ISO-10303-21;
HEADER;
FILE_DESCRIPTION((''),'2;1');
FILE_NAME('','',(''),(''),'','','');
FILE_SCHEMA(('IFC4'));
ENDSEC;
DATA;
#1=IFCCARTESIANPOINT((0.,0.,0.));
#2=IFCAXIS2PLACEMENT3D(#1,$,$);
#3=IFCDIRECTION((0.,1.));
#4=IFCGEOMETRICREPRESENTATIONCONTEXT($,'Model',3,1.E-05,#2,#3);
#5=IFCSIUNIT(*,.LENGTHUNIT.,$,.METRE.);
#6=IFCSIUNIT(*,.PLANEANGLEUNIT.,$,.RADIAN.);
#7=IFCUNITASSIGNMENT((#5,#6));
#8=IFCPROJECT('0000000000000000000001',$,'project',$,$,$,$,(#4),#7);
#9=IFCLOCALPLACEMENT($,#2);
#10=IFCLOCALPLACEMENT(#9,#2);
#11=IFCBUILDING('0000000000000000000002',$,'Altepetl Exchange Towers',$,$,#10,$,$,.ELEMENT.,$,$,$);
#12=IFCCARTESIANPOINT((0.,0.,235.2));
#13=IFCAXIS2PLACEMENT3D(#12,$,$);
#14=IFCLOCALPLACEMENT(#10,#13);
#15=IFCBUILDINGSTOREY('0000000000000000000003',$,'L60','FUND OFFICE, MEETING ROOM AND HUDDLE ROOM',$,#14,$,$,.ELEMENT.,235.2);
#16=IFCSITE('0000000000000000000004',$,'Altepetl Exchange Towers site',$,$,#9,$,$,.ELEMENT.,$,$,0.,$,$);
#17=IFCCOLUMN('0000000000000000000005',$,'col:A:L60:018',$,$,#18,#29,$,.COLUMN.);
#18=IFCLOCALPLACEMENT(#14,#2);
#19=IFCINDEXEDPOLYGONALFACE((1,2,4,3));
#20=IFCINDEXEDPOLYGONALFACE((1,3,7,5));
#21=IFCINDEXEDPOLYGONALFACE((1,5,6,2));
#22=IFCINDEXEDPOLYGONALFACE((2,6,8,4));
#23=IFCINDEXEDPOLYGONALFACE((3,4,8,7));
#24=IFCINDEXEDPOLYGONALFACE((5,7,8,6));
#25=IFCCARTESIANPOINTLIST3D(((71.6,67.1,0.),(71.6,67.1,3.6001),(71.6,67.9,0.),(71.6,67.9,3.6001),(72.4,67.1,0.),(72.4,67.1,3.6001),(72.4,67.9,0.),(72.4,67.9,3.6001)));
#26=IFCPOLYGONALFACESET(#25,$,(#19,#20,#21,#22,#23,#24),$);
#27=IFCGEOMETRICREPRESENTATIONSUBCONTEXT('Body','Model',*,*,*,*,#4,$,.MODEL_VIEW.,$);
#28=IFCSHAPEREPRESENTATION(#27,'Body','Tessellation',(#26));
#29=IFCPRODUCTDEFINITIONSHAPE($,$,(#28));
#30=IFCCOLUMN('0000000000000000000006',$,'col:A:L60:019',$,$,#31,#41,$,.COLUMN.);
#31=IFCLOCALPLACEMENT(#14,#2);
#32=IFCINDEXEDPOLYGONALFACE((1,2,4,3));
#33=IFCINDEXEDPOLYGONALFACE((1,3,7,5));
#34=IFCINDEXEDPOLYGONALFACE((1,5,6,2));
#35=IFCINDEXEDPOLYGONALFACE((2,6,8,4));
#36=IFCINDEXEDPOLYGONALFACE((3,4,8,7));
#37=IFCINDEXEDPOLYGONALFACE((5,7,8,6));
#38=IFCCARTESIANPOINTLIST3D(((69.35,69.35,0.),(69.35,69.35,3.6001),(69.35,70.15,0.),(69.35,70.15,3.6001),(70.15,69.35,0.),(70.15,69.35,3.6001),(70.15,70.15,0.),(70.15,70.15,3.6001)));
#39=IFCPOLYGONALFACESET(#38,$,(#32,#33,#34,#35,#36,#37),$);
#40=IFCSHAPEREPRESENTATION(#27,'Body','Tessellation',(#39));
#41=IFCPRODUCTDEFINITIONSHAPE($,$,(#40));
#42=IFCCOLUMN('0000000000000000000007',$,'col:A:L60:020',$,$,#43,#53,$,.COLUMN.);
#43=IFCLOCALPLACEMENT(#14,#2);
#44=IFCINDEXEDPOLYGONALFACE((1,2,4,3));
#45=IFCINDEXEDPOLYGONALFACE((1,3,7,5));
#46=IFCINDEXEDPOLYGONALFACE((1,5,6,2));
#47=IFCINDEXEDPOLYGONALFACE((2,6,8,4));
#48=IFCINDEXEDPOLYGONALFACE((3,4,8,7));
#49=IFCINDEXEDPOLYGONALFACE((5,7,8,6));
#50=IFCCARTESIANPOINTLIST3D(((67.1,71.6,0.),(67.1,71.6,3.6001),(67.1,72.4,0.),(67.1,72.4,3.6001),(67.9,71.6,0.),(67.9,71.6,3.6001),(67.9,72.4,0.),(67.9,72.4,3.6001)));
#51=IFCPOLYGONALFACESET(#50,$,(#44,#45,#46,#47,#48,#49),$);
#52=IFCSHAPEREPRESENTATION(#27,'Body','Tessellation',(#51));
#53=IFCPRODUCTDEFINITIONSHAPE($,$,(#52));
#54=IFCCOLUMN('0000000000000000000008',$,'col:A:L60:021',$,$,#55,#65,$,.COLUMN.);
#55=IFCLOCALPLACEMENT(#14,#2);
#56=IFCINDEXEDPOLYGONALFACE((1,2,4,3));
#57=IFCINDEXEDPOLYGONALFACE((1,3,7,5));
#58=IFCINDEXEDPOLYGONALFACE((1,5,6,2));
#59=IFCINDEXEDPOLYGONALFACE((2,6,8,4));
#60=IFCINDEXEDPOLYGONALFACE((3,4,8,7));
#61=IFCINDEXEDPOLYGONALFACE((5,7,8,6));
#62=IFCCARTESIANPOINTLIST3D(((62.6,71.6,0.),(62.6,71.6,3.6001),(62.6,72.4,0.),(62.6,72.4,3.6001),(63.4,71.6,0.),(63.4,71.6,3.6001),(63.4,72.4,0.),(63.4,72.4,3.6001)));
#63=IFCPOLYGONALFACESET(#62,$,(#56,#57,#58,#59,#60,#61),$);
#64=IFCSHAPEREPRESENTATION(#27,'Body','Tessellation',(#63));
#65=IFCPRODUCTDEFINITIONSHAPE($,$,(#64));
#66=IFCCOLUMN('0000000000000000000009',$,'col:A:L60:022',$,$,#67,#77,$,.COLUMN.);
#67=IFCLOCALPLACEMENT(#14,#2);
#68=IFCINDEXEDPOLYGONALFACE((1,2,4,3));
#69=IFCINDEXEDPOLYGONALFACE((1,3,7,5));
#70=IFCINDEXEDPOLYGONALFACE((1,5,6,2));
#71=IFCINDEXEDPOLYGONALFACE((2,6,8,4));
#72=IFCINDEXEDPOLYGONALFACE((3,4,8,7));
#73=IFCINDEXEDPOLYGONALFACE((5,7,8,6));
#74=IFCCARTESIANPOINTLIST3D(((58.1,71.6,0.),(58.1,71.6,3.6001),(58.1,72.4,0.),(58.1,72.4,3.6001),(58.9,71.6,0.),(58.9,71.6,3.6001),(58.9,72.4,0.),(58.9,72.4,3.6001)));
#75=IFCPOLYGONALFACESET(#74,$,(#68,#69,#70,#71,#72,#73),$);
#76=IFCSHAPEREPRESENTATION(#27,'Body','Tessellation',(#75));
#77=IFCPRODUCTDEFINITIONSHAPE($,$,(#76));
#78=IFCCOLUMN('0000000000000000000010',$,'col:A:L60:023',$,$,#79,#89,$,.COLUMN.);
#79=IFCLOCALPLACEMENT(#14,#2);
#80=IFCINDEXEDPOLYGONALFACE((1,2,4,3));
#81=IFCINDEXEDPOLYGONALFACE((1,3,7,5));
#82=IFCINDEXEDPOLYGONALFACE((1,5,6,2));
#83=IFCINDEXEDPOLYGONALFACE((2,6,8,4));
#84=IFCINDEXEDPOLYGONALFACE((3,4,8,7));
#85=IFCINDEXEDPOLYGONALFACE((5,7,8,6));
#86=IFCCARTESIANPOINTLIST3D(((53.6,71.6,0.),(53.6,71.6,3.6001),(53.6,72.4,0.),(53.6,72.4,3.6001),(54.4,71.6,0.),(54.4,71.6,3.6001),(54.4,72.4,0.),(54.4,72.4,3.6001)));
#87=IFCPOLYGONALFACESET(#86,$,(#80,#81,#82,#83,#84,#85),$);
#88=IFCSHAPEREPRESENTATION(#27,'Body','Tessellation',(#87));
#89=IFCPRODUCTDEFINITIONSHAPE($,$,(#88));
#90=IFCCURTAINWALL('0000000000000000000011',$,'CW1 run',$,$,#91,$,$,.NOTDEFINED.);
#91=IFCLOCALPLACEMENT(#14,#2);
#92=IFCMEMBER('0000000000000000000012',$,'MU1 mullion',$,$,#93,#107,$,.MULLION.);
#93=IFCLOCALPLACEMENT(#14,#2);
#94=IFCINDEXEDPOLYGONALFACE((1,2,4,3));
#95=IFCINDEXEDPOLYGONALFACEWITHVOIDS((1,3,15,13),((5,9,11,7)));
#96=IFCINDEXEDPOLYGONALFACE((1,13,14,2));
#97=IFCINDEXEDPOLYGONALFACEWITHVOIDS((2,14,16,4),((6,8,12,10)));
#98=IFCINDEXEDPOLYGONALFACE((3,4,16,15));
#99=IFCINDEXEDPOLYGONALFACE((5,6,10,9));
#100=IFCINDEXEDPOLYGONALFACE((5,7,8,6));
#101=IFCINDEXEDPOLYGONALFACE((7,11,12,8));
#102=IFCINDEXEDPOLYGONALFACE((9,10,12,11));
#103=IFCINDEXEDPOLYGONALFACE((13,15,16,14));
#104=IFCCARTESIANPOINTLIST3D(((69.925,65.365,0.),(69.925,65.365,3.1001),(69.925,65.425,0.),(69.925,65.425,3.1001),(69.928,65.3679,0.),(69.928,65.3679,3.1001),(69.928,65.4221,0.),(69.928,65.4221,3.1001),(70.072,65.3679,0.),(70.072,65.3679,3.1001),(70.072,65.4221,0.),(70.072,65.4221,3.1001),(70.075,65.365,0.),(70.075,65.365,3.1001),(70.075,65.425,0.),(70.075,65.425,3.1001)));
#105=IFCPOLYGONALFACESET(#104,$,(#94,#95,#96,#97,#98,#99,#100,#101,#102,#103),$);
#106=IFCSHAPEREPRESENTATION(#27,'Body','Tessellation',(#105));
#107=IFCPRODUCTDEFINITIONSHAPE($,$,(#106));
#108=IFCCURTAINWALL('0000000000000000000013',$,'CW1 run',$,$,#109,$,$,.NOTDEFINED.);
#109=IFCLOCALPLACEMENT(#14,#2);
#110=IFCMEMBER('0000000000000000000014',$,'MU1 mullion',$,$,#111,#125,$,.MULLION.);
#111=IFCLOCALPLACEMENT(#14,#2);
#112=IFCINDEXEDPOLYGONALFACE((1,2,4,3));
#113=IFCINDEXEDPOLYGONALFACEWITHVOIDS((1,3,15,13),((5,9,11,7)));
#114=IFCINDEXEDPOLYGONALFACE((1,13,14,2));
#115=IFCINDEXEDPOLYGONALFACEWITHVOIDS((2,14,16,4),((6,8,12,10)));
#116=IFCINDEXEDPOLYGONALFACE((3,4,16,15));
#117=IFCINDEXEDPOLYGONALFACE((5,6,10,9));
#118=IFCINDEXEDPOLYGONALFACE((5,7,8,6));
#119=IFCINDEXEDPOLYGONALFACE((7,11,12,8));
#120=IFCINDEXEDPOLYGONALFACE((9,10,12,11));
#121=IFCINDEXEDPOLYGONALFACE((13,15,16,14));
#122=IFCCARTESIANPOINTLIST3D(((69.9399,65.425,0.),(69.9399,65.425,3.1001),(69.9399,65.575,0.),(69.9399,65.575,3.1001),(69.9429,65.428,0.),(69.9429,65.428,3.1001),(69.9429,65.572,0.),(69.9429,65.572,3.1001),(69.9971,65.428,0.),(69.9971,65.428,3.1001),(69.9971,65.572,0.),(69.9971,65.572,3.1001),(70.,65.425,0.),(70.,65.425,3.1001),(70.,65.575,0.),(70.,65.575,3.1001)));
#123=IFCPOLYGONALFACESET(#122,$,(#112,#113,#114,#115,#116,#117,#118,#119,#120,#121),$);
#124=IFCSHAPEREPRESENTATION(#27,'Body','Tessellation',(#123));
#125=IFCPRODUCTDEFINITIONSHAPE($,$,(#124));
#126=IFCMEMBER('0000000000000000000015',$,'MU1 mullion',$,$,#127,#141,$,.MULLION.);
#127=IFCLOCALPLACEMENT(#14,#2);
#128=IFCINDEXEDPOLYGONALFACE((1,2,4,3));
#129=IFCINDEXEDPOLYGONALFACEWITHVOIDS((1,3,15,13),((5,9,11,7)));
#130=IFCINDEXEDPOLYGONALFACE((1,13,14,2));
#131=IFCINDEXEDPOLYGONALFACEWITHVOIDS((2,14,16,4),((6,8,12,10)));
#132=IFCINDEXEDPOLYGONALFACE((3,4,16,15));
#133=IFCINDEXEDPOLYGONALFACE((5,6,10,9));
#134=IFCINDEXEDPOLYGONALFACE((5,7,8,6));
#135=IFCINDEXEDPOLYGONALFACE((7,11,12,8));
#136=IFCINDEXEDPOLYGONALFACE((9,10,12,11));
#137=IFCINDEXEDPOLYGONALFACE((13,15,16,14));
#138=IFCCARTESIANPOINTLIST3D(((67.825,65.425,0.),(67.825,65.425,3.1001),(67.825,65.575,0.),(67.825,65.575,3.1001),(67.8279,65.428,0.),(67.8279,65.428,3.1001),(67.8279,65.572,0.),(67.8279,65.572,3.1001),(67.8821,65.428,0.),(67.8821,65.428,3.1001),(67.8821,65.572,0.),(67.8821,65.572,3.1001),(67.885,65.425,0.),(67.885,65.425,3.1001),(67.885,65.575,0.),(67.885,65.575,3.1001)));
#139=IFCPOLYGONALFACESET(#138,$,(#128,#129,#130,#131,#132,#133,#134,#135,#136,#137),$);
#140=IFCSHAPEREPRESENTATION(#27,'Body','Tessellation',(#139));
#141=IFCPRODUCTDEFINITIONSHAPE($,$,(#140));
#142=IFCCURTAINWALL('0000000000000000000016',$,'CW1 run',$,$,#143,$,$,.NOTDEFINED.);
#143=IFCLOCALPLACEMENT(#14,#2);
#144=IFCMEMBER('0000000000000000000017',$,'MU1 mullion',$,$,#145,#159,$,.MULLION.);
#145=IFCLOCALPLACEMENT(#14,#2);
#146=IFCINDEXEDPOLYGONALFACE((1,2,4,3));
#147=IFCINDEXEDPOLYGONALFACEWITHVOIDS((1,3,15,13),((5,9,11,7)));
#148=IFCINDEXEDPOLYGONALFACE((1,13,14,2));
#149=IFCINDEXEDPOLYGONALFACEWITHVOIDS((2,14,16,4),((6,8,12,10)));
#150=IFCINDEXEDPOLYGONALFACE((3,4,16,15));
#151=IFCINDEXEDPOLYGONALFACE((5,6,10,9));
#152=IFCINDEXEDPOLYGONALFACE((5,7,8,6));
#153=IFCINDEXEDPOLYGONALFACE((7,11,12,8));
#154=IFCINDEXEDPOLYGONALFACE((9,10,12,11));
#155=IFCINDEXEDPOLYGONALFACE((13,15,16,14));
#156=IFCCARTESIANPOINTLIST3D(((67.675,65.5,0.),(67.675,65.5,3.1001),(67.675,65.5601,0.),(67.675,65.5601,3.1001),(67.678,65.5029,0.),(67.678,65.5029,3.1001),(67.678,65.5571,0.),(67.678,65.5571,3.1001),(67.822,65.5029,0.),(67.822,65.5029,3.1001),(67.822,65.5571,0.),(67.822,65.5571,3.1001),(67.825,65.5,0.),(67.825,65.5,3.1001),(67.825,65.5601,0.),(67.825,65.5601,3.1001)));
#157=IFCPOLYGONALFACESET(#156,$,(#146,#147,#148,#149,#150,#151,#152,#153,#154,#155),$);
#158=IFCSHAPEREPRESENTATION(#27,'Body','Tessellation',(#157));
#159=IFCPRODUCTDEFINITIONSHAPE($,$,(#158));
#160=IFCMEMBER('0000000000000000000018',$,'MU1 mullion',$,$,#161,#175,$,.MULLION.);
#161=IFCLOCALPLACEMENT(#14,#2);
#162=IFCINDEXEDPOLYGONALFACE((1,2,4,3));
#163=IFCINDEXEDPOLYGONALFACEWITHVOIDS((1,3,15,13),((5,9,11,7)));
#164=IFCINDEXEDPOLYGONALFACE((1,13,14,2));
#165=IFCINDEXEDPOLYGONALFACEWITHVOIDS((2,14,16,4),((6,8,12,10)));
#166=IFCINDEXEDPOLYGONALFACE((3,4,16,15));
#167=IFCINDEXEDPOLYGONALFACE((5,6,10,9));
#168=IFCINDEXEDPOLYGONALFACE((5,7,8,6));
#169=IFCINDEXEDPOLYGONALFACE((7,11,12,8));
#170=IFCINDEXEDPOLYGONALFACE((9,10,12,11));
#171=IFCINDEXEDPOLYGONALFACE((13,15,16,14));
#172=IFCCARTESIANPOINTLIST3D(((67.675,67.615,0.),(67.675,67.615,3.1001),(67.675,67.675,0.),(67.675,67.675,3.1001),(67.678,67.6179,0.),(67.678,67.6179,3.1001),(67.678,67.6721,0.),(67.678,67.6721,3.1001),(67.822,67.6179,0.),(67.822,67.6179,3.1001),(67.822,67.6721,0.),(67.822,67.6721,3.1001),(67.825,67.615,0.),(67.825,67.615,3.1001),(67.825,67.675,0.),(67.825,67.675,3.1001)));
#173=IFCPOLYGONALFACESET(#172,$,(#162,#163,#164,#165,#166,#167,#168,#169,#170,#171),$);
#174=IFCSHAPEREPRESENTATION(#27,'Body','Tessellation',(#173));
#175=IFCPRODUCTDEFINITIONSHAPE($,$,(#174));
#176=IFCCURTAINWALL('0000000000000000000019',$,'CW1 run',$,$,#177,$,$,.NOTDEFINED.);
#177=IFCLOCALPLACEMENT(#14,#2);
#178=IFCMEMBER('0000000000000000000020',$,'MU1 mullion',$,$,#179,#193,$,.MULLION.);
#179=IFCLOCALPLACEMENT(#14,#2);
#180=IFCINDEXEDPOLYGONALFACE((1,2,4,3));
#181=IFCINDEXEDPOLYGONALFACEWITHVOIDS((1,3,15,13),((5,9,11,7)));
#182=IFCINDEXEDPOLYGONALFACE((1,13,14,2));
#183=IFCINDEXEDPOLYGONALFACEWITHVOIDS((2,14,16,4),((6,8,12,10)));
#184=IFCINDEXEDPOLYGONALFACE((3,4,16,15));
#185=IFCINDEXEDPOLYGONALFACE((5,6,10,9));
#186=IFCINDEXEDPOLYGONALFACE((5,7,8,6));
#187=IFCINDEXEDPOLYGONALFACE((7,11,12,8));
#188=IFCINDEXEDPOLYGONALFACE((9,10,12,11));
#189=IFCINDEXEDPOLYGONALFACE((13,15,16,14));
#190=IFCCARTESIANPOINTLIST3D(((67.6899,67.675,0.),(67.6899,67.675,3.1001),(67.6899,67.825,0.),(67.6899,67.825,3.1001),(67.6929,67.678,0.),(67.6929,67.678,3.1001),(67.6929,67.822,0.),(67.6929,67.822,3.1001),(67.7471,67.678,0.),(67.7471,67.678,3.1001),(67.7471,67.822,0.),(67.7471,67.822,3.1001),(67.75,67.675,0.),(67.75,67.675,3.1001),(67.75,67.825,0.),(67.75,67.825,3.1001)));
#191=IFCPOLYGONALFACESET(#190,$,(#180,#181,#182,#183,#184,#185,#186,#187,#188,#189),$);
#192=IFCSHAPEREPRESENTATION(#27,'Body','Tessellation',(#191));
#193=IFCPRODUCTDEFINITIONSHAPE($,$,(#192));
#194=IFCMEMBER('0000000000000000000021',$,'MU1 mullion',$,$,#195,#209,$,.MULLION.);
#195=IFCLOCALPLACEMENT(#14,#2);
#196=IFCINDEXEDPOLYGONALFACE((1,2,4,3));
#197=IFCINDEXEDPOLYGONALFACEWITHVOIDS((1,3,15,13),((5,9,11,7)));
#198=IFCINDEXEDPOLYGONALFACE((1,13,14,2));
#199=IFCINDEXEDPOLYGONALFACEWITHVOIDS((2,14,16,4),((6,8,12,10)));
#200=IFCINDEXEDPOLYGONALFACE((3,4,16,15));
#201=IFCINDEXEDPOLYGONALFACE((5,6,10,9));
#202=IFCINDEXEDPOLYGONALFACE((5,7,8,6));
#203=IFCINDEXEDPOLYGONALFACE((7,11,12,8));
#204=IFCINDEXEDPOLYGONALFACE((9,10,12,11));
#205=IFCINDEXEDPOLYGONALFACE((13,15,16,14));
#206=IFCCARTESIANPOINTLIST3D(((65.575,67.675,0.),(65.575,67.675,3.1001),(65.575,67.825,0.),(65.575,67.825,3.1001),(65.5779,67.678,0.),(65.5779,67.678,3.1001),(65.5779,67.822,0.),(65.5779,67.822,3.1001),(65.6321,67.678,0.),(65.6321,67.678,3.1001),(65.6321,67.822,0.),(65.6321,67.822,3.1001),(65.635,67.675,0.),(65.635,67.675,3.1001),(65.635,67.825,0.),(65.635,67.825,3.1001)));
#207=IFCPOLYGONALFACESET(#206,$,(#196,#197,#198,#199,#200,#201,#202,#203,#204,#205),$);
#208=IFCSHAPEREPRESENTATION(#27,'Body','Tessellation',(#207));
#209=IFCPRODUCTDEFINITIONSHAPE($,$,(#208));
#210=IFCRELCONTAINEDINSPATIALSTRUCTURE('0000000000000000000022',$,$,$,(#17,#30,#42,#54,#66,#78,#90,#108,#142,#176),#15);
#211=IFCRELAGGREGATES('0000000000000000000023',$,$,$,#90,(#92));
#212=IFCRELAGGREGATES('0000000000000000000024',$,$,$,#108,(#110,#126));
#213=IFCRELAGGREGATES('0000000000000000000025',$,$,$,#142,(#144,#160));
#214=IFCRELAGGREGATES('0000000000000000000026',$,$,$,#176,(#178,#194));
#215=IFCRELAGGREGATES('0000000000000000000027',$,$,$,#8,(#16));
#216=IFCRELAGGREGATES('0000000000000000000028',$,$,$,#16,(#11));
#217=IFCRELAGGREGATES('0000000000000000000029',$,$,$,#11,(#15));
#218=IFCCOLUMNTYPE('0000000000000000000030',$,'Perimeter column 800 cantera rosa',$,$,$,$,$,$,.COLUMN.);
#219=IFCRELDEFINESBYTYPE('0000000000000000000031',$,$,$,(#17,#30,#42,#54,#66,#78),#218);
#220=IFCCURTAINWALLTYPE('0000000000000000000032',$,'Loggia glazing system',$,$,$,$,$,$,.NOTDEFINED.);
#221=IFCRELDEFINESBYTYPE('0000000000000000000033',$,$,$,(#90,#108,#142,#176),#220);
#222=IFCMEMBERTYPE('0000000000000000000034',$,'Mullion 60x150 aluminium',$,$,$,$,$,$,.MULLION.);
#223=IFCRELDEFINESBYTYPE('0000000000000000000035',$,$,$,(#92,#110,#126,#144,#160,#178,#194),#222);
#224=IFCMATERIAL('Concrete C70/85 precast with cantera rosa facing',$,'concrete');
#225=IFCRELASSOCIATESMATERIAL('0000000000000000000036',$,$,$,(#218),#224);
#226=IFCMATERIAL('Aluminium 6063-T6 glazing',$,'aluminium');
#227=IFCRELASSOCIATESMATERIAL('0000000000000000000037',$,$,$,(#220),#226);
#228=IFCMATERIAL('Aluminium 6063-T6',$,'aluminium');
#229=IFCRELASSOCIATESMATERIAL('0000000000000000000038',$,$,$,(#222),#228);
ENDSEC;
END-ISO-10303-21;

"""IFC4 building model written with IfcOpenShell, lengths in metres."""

from ifc_helpers import new_model, si_unit, direction, frame, origin, origin_2d, place, context, subcontext, project, spatial, rectangle, hollow_rectangle, extrude, material, material_profile, profile_set, type_object, element, aggregate, save


model = new_model("IFC4")

# Units and contexts
model_context = context("Model", 3, precision=1e-05, world=origin(), true_north=direction((0.0, 1.0)))
body_context = subcontext(model_context, "Body", "Model", "MODEL_VIEW")
ifc_project = project(units=[si_unit("LENGTHUNIT", "METRE"), si_unit("PLANEANGLEUNIT", "RADIAN")], contexts=[model_context])

# Site, building, storey
site_placement = place(None, origin())
site = spatial("IfcSite", under=ifc_project, at=site_placement, Name="Altepetl Exchange Towers site", CompositionType="ELEMENT", RefElevation=0.0)
building_placement = place(site_placement, origin())
building = spatial("IfcBuilding", under=site, at=building_placement, Name="Altepetl Exchange Towers", CompositionType="ELEMENT")
storey_placement = place(building_placement, frame((0.0, 0.0, 235.2)))
storey = spatial("IfcBuildingStorey", under=building, at=storey_placement, Name="L60", Description="FUND OFFICE, MEETING ROOM AND HUDDLE ROOM", CompositionType="ELEMENT", Elevation=235.2)

# Columns
ifc_material_1 = material(Name="Concrete C70/85 precast with cantera rosa facing", Category="concrete")
ifc_material_profile_1 = material_profile(ifc_material_1, rectangle(XDim=0.8, YDim=0.8, at=origin_2d()), Name="800 x 800")
ifc_profile_set_1 = profile_set([ifc_material_profile_1], Name="Concrete C70/85 precast with cantera rosa facing")
column_type = type_object("IfcColumnType", Name="Perimeter column 800 cantera rosa", PredefinedType="COLUMN", material=ifc_profile_set_1)
for number, where, name in (
    (1, (72.0, 67.5, 0.0), "col:A:L60:018"),
    (2, (69.75, 69.75, 0.0), "col:A:L60:019"),
    (3, (67.5, 72.0, 0.0), "col:A:L60:020"),
    (4, (63.0, 72.0, 0.0), "col:A:L60:021"),
    (5, (58.5, 72.0, 0.0), "col:A:L60:022"),
    (6, (54.0, 72.0, 0.0), "col:A:L60:023"),
):
    element("IfcColumn", number, at=place(storey_placement, frame(where)), inside=storey, type_object=column_type, Name=name, PredefinedType="COLUMN", context=body_context, shape_type="SweptSolid", body=[
        extrude(rectangle(XDim=0.8, YDim=0.8, at=origin_2d()), origin(), (0.0, 0.0, 1.0), 3.6001),
    ])

# Curtain wall, member
ifc_material_2 = material(Name="Aluminium 6063-T6 glazing", Category="aluminium")
curtain_wall_type = type_object("IfcCurtainWallType", Name="Loggia glazing system", PredefinedType="NOTDEFINED", material=ifc_material_2)
curtain_wall_1_placement = place(storey_placement, origin())
curtain_wall_1 = element("IfcCurtainWall", 7, at=curtain_wall_1_placement, inside=storey, type_object=curtain_wall_type, Name="CW1 run", PredefinedType="NOTDEFINED")
ifc_material_3 = material(Name="Aluminium 6063-T6", Category="aluminium")
ifc_material_profile_2 = material_profile(ifc_material_3, hollow_rectangle(XDim=0.0601, YDim=0.1499, WallThickness=0.0029, at=origin_2d()), Name="Mullion 60x150 aluminium")
ifc_profile_set_2 = profile_set([ifc_material_profile_2], Name="Aluminium 6063-T6")
member_type = type_object("IfcMemberType", Name="Mullion 60x150 aluminium", PredefinedType="MULLION", material=ifc_profile_set_2)
member_1_placement = place(storey_placement, frame((70.0, 65.395, 0.0), z_axis=(0.0, 0.0, 1.0), x_axis=(0.0, 1.0, 0.0)))
member_1 = element("IfcMember", 8, at=member_1_placement, type_object=member_type, Name="MU1 mullion", PredefinedType="MULLION", context=body_context, shape_type="SweptSolid", body=[
    extrude(hollow_rectangle(XDim=0.0601, YDim=0.1499, WallThickness=0.0029, at=origin_2d()), origin(), (0.0, 0.0, 1.0), 3.1001),
])

# Curtain walls, members
curtain_wall_2_placement = place(storey_placement, origin())
curtain_wall_2 = element("IfcCurtainWall", 9, at=curtain_wall_2_placement, inside=storey, type_object=curtain_wall_type, Name="CW1 run", PredefinedType="NOTDEFINED")
member_2_placement = place(storey_placement, frame((69.97, 65.5, 0.0), z_axis=(0.0, 0.0, 1.0), x_axis=(-1.0, 0.0, 0.0)))
member_2 = element("IfcMember", 10, at=member_2_placement, type_object=member_type, Name="MU1 mullion", PredefinedType="MULLION", context=body_context, shape_type="SweptSolid", body=[
    extrude(hollow_rectangle(XDim=0.0601, YDim=0.1499, WallThickness=0.0029, at=origin_2d()), origin(), (0.0, 0.0, 1.0), 3.1001),
])
member_3_placement = place(storey_placement, frame((67.855, 65.5, 0.0), z_axis=(0.0, 0.0, 1.0), x_axis=(-1.0, 0.0, 0.0)))
member_3 = element("IfcMember", 11, at=member_3_placement, type_object=member_type, Name="MU1 mullion", PredefinedType="MULLION", context=body_context, shape_type="SweptSolid", body=[
    extrude(hollow_rectangle(XDim=0.0601, YDim=0.1499, WallThickness=0.0029, at=origin_2d()), origin(), (0.0, 0.0, 1.0), 3.1001),
])
curtain_wall_3_placement = place(storey_placement, origin())
curtain_wall_3 = element("IfcCurtainWall", 12, at=curtain_wall_3_placement, inside=storey, type_object=curtain_wall_type, Name="CW1 run", PredefinedType="NOTDEFINED")
member_4_placement = place(storey_placement, frame((67.75, 65.53, 0.0), z_axis=(0.0, 0.0, 1.0), x_axis=(0.0, 1.0, 0.0)))
member_4 = element("IfcMember", 13, at=member_4_placement, type_object=member_type, Name="MU1 mullion", PredefinedType="MULLION", context=body_context, shape_type="SweptSolid", body=[
    extrude(hollow_rectangle(XDim=0.0601, YDim=0.1499, WallThickness=0.0029, at=origin_2d()), origin(), (0.0, 0.0, 1.0), 3.1001),
])
member_5_placement = place(storey_placement, frame((67.75, 67.645, 0.0), z_axis=(0.0, 0.0, 1.0), x_axis=(0.0, 1.0, 0.0)))
member_5 = element("IfcMember", 14, at=member_5_placement, type_object=member_type, Name="MU1 mullion", PredefinedType="MULLION", context=body_context, shape_type="SweptSolid", body=[
    extrude(hollow_rectangle(XDim=0.0601, YDim=0.1499, WallThickness=0.0029, at=origin_2d()), origin(), (0.0, 0.0, 1.0), 3.1001),
])
curtain_wall_4_placement = place(storey_placement, origin())
curtain_wall_4 = element("IfcCurtainWall", 15, at=curtain_wall_4_placement, inside=storey, type_object=curtain_wall_type, Name="CW1 run", PredefinedType="NOTDEFINED")
member_6_placement = place(storey_placement, frame((67.72, 67.75, 0.0), z_axis=(0.0, 0.0, 1.0), x_axis=(-1.0, 0.0, 0.0)))
member_6 = element("IfcMember", 16, at=member_6_placement, type_object=member_type, Name="MU1 mullion", PredefinedType="MULLION", context=body_context, shape_type="SweptSolid", body=[
    extrude(hollow_rectangle(XDim=0.0601, YDim=0.1499, WallThickness=0.0029, at=origin_2d()), origin(), (0.0, 0.0, 1.0), 3.1001),
])
member_7_placement = place(storey_placement, frame((65.605, 67.75, 0.0), z_axis=(0.0, 0.0, 1.0), x_axis=(-1.0, 0.0, 0.0)))
member_7 = element("IfcMember", 17, at=member_7_placement, type_object=member_type, Name="MU1 mullion", PredefinedType="MULLION", context=body_context, shape_type="SweptSolid", body=[
    extrude(hollow_rectangle(XDim=0.0601, YDim=0.1499, WallThickness=0.0029, at=origin_2d()), origin(), (0.0, 0.0, 1.0), 3.1001),
])

aggregate(curtain_wall_1, [member_1])
aggregate(curtain_wall_2, [member_2, member_3])
aggregate(curtain_wall_3, [member_4, member_5])
aggregate(curtain_wall_4, [member_6, member_7])

save(model, "model.ifc")
